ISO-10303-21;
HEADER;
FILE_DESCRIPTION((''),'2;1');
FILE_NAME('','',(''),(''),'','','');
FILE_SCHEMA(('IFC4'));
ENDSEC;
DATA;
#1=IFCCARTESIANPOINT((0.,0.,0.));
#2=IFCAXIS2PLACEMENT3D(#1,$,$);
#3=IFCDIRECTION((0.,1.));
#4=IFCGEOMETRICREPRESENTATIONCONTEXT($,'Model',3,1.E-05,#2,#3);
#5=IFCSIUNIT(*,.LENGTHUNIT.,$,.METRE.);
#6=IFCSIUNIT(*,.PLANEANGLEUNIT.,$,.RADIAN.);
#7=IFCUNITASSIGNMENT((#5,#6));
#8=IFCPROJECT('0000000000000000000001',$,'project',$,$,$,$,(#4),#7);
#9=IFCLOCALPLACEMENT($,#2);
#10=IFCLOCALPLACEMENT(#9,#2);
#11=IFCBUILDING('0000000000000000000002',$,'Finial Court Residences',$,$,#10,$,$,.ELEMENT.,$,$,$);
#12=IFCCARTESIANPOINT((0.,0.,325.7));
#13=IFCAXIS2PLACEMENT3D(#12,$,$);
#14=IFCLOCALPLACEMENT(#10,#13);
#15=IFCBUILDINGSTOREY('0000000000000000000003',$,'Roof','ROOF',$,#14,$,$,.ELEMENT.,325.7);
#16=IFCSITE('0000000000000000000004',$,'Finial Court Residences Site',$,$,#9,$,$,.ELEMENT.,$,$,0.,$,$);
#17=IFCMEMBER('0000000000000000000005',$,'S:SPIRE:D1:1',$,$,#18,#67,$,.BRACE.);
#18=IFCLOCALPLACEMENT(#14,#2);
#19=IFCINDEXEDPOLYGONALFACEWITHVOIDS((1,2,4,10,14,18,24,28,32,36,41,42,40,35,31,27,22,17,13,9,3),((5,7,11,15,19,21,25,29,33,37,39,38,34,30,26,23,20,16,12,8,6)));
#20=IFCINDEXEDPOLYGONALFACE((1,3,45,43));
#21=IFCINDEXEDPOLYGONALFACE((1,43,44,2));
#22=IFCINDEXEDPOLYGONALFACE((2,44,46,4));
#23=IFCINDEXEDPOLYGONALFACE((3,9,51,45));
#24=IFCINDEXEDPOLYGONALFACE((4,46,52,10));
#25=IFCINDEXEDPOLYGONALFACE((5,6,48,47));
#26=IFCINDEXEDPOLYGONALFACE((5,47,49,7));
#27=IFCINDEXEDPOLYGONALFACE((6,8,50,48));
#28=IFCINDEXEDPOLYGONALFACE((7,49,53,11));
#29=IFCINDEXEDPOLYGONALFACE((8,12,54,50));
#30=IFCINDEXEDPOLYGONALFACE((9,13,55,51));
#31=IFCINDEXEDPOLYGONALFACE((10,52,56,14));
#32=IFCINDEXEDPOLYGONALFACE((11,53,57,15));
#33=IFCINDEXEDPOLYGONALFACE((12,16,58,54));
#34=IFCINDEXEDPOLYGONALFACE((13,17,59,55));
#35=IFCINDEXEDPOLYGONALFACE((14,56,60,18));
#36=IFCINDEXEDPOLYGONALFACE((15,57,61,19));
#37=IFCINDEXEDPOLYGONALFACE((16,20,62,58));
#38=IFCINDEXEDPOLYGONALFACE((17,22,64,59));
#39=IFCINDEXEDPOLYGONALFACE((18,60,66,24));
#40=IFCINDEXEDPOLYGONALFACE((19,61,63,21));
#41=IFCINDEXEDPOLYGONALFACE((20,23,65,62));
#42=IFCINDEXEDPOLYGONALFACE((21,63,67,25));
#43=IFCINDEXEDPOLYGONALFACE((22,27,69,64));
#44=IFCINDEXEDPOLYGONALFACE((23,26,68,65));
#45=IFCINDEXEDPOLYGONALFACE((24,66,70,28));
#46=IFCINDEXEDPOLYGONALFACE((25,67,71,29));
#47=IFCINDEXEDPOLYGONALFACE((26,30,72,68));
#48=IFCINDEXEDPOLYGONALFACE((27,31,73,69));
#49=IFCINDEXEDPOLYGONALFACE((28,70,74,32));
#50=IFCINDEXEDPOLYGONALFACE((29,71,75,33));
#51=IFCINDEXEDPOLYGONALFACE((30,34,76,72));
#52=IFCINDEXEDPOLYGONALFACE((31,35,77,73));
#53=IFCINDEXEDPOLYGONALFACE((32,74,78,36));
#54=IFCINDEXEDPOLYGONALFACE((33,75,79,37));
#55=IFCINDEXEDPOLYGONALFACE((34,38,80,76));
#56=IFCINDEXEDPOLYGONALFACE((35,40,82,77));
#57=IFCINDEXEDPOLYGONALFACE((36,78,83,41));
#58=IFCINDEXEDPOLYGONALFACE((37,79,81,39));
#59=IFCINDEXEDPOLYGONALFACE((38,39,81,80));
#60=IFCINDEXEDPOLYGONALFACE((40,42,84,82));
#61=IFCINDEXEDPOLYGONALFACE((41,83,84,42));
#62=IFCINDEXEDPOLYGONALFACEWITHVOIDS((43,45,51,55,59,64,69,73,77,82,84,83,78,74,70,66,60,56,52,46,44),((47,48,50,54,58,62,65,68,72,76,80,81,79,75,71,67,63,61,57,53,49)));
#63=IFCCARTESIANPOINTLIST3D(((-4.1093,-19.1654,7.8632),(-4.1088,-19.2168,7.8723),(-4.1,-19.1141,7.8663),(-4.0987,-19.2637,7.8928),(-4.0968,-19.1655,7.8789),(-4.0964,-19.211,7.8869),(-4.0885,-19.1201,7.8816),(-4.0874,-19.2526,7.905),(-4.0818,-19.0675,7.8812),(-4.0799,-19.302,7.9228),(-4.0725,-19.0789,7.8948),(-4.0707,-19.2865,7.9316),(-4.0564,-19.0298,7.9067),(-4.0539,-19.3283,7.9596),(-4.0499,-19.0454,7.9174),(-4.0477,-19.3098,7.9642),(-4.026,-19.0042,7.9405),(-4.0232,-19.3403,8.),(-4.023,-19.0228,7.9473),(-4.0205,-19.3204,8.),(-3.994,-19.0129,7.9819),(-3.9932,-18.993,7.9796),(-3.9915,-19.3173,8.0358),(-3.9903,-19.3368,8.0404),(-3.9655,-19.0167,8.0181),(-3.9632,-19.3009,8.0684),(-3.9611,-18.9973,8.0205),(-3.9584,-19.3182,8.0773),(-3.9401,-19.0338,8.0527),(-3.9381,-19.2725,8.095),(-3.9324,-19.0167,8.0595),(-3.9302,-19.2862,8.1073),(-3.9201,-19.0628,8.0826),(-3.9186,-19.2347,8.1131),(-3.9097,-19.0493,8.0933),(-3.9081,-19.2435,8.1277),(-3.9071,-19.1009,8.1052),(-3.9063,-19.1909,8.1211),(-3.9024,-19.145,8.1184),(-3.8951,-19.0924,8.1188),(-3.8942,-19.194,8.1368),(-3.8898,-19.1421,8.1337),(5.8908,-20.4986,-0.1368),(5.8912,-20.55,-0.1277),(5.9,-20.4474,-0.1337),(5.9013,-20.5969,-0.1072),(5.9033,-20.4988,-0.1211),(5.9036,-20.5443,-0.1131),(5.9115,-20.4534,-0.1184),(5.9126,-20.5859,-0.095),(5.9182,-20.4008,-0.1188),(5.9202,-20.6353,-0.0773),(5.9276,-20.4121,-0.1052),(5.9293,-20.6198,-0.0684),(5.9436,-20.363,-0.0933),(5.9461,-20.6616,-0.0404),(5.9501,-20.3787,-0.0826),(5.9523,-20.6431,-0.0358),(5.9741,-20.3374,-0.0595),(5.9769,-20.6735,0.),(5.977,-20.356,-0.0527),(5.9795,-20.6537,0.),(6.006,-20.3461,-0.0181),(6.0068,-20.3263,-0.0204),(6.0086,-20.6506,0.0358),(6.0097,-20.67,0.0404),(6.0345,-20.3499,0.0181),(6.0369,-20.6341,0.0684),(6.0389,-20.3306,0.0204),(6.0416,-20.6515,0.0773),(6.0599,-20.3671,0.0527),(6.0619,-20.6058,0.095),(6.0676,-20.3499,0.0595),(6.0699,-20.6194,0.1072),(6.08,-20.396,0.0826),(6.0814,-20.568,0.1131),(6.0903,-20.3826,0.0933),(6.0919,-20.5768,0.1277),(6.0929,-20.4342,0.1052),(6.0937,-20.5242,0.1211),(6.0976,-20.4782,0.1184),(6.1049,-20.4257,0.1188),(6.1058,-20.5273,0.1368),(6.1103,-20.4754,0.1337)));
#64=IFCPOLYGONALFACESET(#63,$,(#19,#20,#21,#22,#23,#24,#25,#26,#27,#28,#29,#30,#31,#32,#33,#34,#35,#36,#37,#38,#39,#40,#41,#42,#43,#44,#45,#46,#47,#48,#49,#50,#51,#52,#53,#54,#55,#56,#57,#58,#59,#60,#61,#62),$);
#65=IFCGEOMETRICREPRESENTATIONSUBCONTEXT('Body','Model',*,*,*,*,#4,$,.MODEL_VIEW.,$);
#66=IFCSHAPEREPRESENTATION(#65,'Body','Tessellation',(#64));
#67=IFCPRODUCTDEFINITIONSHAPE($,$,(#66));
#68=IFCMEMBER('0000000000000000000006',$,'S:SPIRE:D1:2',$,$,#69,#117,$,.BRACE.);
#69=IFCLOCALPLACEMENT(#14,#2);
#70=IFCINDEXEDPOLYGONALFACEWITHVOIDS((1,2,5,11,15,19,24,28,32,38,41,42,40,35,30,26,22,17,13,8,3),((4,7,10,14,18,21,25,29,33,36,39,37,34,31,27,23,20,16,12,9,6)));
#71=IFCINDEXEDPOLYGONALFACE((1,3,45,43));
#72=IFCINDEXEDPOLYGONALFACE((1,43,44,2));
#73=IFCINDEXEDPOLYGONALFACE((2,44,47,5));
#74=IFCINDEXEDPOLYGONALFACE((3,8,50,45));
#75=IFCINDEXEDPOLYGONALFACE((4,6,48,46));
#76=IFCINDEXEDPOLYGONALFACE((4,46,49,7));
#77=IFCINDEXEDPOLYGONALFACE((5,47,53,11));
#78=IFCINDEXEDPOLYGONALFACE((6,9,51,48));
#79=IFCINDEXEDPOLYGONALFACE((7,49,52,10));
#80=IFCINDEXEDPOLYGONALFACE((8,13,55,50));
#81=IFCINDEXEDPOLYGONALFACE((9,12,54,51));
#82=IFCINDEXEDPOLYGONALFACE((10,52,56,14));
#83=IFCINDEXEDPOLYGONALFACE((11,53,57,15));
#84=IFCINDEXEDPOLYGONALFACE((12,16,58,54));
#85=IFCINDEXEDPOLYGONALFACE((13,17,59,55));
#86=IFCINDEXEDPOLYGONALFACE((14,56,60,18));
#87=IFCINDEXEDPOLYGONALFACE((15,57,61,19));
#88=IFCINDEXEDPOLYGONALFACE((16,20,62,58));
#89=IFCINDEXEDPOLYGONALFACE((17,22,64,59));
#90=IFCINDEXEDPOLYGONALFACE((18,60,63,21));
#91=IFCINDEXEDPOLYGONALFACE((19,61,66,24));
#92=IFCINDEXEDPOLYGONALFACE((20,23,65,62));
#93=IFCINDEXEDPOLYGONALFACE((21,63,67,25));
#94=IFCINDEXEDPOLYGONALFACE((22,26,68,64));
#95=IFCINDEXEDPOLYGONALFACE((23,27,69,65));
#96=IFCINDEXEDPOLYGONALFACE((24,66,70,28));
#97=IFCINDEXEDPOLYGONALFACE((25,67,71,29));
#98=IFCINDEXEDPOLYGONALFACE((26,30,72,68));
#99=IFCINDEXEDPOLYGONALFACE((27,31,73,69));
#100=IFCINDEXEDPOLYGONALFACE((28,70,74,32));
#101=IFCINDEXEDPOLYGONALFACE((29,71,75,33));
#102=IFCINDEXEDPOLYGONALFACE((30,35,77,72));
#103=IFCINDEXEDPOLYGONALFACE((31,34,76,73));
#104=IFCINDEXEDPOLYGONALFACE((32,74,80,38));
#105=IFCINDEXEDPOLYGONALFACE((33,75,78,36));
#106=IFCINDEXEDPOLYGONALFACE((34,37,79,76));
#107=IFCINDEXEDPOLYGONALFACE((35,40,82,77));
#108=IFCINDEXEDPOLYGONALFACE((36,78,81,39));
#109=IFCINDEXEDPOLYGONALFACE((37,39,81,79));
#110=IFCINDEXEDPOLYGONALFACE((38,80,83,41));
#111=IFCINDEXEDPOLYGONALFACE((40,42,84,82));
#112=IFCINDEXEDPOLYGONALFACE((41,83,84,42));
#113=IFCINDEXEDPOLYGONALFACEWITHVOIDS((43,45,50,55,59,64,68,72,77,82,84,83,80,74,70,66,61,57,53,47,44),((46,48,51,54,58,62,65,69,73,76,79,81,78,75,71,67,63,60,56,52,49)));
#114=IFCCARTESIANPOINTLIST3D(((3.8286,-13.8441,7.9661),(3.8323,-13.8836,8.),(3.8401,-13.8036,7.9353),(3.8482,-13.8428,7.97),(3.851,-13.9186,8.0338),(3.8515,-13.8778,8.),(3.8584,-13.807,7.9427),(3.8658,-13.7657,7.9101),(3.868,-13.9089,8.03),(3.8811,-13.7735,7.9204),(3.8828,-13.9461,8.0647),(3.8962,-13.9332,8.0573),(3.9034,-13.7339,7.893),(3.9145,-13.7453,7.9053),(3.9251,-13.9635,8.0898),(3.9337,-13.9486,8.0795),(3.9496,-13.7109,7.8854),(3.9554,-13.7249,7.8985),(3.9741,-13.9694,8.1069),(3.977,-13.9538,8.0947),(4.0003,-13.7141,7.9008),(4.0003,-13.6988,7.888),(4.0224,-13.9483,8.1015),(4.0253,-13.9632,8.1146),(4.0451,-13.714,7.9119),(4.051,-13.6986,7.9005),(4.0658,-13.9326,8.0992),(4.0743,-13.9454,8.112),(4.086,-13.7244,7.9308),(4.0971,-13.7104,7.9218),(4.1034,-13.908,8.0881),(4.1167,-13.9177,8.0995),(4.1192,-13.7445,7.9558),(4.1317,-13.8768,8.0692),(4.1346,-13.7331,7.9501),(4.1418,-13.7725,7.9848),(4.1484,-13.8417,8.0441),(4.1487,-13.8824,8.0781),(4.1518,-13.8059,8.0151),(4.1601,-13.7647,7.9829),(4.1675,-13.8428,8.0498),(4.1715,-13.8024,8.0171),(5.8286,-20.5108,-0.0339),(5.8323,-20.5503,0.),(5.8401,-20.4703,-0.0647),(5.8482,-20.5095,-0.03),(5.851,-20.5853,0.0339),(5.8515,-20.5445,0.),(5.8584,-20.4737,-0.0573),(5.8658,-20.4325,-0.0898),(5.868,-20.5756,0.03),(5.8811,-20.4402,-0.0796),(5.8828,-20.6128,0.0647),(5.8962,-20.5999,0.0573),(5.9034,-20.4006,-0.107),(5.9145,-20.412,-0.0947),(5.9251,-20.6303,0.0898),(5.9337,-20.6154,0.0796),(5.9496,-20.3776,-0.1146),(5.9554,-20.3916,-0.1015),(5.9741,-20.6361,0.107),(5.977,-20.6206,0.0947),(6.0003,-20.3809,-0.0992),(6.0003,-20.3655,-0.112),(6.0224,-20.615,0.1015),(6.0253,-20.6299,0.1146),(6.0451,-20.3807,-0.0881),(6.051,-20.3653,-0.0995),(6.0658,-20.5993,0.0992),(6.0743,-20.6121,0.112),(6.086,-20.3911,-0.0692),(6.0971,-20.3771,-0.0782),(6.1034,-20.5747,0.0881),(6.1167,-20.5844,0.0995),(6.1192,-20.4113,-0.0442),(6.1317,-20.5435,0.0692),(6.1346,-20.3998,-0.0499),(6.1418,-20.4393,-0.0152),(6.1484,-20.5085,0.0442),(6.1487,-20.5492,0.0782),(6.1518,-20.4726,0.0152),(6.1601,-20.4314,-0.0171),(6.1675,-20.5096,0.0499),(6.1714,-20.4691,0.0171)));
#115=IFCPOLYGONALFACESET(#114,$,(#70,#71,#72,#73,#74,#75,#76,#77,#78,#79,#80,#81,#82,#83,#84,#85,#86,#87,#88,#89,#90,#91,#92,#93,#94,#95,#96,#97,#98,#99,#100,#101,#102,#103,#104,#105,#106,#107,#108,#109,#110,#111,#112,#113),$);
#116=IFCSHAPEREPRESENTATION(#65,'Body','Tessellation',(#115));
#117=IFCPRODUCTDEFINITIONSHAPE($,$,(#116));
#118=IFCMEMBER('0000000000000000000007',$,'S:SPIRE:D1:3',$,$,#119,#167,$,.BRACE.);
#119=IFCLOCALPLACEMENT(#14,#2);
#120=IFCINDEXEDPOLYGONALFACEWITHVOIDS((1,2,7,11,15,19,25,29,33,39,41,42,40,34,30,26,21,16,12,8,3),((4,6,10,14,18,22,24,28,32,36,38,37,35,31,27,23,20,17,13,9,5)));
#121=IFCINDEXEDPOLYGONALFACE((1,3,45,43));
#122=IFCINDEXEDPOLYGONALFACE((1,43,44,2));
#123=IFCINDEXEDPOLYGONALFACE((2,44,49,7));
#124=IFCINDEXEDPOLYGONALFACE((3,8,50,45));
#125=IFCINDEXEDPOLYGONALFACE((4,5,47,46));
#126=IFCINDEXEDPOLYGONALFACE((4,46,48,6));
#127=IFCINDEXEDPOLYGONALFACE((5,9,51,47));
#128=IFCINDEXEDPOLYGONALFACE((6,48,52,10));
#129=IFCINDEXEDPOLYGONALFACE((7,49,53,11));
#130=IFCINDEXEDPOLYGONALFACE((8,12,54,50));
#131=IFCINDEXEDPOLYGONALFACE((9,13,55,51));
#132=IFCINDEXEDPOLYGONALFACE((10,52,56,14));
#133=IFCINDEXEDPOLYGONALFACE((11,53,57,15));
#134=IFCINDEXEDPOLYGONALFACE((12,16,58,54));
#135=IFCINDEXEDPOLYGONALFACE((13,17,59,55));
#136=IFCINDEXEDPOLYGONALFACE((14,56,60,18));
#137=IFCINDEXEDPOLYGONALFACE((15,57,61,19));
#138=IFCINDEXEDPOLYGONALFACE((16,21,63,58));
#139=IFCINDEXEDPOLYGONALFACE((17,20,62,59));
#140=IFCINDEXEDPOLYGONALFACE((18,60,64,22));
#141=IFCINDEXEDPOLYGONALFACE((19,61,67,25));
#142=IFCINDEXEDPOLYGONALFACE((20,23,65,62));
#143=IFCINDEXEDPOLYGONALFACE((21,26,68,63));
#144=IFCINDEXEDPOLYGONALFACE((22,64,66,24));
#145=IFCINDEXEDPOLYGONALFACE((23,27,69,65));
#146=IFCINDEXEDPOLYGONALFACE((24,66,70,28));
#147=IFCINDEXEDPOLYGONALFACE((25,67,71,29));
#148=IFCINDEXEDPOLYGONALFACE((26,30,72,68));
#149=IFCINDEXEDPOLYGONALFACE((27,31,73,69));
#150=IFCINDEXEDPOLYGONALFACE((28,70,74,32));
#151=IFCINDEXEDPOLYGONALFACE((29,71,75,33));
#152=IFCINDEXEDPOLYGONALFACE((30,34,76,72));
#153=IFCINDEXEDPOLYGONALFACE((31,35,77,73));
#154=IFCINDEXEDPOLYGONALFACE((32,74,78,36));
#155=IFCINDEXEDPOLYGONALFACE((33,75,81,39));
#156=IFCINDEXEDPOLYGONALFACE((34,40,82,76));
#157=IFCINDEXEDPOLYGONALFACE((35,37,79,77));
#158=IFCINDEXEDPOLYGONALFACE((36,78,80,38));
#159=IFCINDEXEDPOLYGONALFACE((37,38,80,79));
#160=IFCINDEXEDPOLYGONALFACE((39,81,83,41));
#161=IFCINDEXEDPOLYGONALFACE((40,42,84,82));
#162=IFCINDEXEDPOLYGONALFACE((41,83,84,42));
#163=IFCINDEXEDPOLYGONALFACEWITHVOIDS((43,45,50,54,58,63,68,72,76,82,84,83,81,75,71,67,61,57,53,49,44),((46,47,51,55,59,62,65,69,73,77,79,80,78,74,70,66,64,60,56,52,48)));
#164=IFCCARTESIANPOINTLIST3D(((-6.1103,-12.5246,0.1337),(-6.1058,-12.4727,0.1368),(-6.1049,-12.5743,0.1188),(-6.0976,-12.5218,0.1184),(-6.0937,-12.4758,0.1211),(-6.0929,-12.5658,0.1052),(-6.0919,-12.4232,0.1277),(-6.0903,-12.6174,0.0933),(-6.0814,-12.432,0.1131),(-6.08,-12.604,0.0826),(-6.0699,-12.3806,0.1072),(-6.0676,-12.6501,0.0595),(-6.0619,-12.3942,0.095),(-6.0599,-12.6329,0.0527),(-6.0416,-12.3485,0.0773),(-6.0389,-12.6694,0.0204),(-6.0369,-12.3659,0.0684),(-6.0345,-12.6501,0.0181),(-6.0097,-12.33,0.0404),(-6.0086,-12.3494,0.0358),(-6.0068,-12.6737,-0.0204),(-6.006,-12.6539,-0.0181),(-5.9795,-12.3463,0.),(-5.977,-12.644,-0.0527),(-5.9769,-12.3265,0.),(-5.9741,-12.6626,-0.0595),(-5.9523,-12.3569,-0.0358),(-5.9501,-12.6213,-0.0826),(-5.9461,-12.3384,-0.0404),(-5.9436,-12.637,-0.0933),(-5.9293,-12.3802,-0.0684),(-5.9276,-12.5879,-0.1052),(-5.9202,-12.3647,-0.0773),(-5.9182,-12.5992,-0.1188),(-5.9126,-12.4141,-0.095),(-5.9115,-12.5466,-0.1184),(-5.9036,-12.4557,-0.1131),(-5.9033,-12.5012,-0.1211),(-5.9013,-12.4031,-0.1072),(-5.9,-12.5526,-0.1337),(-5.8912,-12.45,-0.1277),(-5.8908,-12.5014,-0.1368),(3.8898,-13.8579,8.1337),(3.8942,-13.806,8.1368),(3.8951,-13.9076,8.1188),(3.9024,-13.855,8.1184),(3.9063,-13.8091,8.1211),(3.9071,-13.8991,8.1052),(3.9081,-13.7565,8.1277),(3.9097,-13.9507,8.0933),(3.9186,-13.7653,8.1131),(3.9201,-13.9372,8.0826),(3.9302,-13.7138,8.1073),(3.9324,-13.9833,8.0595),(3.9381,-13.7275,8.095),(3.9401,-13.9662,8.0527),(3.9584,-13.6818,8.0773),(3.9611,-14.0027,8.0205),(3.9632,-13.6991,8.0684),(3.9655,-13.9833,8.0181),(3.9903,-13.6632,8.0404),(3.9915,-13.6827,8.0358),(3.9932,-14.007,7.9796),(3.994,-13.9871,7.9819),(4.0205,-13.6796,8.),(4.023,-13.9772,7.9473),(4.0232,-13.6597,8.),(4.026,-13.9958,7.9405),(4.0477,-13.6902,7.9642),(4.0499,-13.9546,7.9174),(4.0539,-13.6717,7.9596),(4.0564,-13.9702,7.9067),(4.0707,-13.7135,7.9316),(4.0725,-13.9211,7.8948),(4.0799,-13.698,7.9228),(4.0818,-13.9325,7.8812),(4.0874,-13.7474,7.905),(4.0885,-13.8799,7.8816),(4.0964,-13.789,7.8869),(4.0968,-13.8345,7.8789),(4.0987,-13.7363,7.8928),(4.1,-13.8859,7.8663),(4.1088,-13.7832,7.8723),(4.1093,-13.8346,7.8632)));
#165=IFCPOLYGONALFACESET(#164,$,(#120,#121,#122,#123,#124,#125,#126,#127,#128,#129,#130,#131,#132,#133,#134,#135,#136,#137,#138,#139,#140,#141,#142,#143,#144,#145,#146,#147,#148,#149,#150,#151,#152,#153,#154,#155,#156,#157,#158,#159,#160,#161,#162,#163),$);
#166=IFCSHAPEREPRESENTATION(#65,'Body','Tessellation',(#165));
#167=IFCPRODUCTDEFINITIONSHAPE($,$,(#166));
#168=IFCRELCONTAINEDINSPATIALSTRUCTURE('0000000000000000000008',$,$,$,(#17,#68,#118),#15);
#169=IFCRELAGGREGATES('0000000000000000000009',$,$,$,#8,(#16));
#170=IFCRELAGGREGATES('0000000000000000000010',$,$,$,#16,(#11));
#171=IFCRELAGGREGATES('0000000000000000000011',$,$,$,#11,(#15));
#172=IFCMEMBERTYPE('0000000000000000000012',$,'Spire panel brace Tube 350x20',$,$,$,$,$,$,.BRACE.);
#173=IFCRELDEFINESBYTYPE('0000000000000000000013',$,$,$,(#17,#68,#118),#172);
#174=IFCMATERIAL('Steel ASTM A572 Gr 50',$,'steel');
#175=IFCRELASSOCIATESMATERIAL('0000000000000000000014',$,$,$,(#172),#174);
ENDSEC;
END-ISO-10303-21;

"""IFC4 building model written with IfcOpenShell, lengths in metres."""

from ifc_helpers import new_model, si_unit, direction, frame, origin, origin_2d, place, context, subcontext, project, spatial, hollow_circle, extrude, material, material_profile, profile_set, type_object, element, save


model = new_model("IFC4")

# Units and contexts
model_context = context("Model", 3, precision=1e-05, world=origin(), true_north=direction((0.0, 1.0)))
body_context = subcontext(model_context, "Body", "Model", "MODEL_VIEW")
ifc_project = project(units=[si_unit("LENGTHUNIT", "METRE"), si_unit("PLANEANGLEUNIT", "RADIAN")], contexts=[model_context])

# Site, building, storey
site_placement = place(None, origin())
site = spatial("IfcSite", under=ifc_project, at=site_placement, Name="Finial Court Residences Site", CompositionType="ELEMENT", RefElevation=0.0)
building_placement = place(site_placement, origin())
building = spatial("IfcBuilding", under=site, at=building_placement, Name="Finial Court Residences", CompositionType="ELEMENT")
storey_placement = place(building_placement, frame((0.0, 0.0, 325.7)))
storey = spatial("IfcBuildingStorey", under=building, at=storey_placement, Name="Roof", Description="ROOF", CompositionType="ELEMENT", Elevation=325.7)

# Members
ifc_material_1 = material(Name="Steel ASTM A572 Gr 50", Category="steel")
ifc_material_profile_1 = material_profile(ifc_material_1, hollow_circle(Radius=0.175, WallThickness=0.02, at=origin_2d()), Name="Tube 350x20")
ifc_profile_set_1 = profile_set([ifc_material_profile_1], Name="Steel ASTM A572 Gr 50")
member_type_1 = type_object("IfcMemberType", Name="Spire panel brace Tube 350x20", PredefinedType="BRACE", material=ifc_profile_set_1)
member_1_placement = place(storey_placement, frame((6.0, -20.5, 0.0), z_axis=(-0.776671, 0.10355, 0.621337), x_axis=(-0.132156, -0.991229, 0.0)))
element("IfcMember", 1, at=member_1_placement, inside=storey, type_object=member_type_1, Name="S:SPIRE:D1:1", PredefinedType="BRACE", context=body_context, shape_type="SweptSolid", body=[
    extrude(hollow_circle(Radius=0.175, WallThickness=0.02, at=origin_2d()), origin(), (0.0, 0.0, 1.0), 12.8755),
])
member_2_placement = place(storey_placement, frame((6.0, -20.5, 0.0), z_axis=(-0.188607, 0.628699, 0.75443), x_axis=(-0.957827, -0.287345, 0.0)))
element("IfcMember", 2, at=member_2_placement, inside=storey, type_object=member_type_1, Name="S:SPIRE:D1:2", PredefinedType="BRACE", context=body_context, shape_type="SweptSolid", body=[
    extrude(hollow_circle(Radius=0.175, WallThickness=0.02, at=origin_2d()), origin(), (0.0, 0.0, 1.0), 10.604),
])
member_3_placement = place(storey_placement, frame((-6.0, -12.5, 0.0), z_axis=(0.776671, -0.10355, 0.621337), x_axis=(0.132156, 0.991229, 0.0)))
element("IfcMember", 3, at=member_3_placement, inside=storey, type_object=member_type_1, Name="S:SPIRE:D1:3", PredefinedType="BRACE", context=body_context, shape_type="SweptSolid", body=[
    extrude(hollow_circle(Radius=0.175, WallThickness=0.02, at=origin_2d()), origin(), (0.0, 0.0, 1.0), 12.8755),
])

save(model, "model.ifc")
